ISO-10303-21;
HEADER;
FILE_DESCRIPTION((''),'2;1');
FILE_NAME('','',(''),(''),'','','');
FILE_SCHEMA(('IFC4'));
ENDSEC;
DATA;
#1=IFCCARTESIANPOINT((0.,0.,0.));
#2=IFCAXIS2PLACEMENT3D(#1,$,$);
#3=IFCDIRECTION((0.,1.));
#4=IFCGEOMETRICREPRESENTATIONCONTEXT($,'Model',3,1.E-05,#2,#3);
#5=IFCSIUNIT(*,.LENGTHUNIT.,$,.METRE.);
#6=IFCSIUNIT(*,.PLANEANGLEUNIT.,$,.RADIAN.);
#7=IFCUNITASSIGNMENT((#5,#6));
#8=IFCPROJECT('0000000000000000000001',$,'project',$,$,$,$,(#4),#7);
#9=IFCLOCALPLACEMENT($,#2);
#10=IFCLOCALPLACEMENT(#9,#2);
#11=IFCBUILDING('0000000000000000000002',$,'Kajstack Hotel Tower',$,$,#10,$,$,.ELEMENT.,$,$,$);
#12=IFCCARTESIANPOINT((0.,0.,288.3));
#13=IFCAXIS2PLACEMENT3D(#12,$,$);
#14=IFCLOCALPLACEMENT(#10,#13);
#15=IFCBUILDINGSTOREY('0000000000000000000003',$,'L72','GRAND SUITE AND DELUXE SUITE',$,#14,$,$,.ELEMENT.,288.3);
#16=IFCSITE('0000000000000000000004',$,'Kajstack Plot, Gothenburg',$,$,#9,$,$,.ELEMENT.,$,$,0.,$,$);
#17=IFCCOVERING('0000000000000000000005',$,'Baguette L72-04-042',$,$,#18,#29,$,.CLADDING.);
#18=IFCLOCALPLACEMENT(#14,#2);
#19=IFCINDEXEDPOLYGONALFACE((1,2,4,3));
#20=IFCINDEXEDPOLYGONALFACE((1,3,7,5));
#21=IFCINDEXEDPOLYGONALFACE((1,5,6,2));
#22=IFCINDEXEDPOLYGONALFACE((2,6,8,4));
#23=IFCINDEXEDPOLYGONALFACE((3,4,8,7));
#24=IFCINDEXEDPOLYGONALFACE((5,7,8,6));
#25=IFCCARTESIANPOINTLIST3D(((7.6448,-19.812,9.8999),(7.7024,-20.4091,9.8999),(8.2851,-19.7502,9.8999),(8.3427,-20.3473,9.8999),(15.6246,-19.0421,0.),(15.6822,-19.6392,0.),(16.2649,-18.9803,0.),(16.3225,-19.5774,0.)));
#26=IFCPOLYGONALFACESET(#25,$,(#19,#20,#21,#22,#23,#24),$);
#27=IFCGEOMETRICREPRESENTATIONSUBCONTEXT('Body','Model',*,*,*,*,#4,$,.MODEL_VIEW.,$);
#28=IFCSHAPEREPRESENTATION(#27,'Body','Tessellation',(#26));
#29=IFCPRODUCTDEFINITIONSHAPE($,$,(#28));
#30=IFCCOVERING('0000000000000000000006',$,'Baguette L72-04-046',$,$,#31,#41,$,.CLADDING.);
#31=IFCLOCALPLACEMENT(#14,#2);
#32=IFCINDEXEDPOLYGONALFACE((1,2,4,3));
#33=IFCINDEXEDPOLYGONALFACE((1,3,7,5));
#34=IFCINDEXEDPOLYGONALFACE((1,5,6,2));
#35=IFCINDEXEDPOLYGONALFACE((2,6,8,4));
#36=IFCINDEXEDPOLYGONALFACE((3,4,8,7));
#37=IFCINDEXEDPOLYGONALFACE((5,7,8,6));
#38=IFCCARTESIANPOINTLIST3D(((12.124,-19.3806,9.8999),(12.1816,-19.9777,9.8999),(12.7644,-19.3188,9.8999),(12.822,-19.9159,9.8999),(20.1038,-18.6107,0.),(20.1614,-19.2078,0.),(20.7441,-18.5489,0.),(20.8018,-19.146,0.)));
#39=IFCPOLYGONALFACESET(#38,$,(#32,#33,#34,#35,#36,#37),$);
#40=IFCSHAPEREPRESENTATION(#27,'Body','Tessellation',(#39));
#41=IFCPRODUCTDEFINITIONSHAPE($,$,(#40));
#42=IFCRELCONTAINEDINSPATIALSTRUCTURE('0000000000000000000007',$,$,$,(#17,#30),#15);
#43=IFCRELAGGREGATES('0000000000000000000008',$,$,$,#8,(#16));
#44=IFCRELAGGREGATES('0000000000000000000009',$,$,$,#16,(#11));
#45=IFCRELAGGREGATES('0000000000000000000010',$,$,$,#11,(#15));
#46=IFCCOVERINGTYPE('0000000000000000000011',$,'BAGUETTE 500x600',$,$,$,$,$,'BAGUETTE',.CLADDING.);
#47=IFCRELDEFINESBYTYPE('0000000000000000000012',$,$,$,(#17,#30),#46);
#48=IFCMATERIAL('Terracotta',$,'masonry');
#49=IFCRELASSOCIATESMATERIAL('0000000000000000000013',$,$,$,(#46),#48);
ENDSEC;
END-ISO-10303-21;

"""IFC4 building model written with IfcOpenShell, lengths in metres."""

from ifc_helpers import new_model, si_unit, direction, frame, origin, origin_2d, place, context, subcontext, project, spatial, polyline, rectangle, outline, extrude, material, material_profile, profile_set, type_object, element, save


model = new_model("IFC4")

# Units and contexts
model_context = context("Model", 3, precision=1e-05, world=origin(), true_north=direction((0.0, 1.0)))
body_context = subcontext(model_context, "Body", "Model", "MODEL_VIEW")
ifc_project = project(units=[si_unit("LENGTHUNIT", "METRE"), si_unit("PLANEANGLEUNIT", "RADIAN")], contexts=[model_context])

# Site, building, storey
site_placement = place(None, origin())
site = spatial("IfcSite", under=ifc_project, at=site_placement, Name="Kajstack Plot, Gothenburg", CompositionType="ELEMENT", RefElevation=0.0)
building_placement = place(site_placement, origin())
building = spatial("IfcBuilding", under=site, at=building_placement, Name="Kajstack Hotel Tower", CompositionType="ELEMENT")
storey_placement = place(building_placement, frame((0.0, 0.0, 288.3)))
storey = spatial("IfcBuildingStorey", under=building, at=storey_placement, Name="L72", Description="GRAND SUITE AND DELUXE SUITE", CompositionType="ELEMENT", Elevation=288.3)

# Coverings
ifc_material_1 = material(Name="Terracotta", Category="masonry")
ifc_material_profile = material_profile(ifc_material_1, rectangle(XDim=0.6001, YDim=0.5, at=origin_2d()), Name="Terracotta-clad concrete baguette 500 x 600")
ifc_profile_set = profile_set([ifc_material_profile], Name="Terracotta")
covering_type = type_object("IfcCoveringType", Name="BAGUETTE 500x600", ElementType="BAGUETTE", PredefinedType="CLADDING", material=ifc_profile_set)
for number, where, z_axis, x_axis, name in (
    (1, (7.6448, -19.812, 0.0), (0.096038, -0.995378, 0.0), (0.995378, 0.096038, 0.0), "Baguette L72-04-042"),
    (2, (12.124, -19.3806, 0.0), (0.096038, -0.995378, 0.0), (0.995378, 0.096038, 0.0), "Baguette L72-04-046"),
):
    element("IfcCovering", number, at=place(storey_placement, frame(where, z_axis=z_axis, x_axis=x_axis)), inside=storey, type_object=covering_type, Name=name, PredefinedType="CLADDING", context=body_context, shape_type="SweptSolid", body=[
        extrude(outline(polyline([(0.0, 9.8999), (8.0168, 0.0), (8.6602, 0.0), (0.6433, 9.8999), (0.0, 9.8999)])), origin(), (0.0, 0.0, 1.0), 0.5999),
    ])

save(model, "model.ifc")
